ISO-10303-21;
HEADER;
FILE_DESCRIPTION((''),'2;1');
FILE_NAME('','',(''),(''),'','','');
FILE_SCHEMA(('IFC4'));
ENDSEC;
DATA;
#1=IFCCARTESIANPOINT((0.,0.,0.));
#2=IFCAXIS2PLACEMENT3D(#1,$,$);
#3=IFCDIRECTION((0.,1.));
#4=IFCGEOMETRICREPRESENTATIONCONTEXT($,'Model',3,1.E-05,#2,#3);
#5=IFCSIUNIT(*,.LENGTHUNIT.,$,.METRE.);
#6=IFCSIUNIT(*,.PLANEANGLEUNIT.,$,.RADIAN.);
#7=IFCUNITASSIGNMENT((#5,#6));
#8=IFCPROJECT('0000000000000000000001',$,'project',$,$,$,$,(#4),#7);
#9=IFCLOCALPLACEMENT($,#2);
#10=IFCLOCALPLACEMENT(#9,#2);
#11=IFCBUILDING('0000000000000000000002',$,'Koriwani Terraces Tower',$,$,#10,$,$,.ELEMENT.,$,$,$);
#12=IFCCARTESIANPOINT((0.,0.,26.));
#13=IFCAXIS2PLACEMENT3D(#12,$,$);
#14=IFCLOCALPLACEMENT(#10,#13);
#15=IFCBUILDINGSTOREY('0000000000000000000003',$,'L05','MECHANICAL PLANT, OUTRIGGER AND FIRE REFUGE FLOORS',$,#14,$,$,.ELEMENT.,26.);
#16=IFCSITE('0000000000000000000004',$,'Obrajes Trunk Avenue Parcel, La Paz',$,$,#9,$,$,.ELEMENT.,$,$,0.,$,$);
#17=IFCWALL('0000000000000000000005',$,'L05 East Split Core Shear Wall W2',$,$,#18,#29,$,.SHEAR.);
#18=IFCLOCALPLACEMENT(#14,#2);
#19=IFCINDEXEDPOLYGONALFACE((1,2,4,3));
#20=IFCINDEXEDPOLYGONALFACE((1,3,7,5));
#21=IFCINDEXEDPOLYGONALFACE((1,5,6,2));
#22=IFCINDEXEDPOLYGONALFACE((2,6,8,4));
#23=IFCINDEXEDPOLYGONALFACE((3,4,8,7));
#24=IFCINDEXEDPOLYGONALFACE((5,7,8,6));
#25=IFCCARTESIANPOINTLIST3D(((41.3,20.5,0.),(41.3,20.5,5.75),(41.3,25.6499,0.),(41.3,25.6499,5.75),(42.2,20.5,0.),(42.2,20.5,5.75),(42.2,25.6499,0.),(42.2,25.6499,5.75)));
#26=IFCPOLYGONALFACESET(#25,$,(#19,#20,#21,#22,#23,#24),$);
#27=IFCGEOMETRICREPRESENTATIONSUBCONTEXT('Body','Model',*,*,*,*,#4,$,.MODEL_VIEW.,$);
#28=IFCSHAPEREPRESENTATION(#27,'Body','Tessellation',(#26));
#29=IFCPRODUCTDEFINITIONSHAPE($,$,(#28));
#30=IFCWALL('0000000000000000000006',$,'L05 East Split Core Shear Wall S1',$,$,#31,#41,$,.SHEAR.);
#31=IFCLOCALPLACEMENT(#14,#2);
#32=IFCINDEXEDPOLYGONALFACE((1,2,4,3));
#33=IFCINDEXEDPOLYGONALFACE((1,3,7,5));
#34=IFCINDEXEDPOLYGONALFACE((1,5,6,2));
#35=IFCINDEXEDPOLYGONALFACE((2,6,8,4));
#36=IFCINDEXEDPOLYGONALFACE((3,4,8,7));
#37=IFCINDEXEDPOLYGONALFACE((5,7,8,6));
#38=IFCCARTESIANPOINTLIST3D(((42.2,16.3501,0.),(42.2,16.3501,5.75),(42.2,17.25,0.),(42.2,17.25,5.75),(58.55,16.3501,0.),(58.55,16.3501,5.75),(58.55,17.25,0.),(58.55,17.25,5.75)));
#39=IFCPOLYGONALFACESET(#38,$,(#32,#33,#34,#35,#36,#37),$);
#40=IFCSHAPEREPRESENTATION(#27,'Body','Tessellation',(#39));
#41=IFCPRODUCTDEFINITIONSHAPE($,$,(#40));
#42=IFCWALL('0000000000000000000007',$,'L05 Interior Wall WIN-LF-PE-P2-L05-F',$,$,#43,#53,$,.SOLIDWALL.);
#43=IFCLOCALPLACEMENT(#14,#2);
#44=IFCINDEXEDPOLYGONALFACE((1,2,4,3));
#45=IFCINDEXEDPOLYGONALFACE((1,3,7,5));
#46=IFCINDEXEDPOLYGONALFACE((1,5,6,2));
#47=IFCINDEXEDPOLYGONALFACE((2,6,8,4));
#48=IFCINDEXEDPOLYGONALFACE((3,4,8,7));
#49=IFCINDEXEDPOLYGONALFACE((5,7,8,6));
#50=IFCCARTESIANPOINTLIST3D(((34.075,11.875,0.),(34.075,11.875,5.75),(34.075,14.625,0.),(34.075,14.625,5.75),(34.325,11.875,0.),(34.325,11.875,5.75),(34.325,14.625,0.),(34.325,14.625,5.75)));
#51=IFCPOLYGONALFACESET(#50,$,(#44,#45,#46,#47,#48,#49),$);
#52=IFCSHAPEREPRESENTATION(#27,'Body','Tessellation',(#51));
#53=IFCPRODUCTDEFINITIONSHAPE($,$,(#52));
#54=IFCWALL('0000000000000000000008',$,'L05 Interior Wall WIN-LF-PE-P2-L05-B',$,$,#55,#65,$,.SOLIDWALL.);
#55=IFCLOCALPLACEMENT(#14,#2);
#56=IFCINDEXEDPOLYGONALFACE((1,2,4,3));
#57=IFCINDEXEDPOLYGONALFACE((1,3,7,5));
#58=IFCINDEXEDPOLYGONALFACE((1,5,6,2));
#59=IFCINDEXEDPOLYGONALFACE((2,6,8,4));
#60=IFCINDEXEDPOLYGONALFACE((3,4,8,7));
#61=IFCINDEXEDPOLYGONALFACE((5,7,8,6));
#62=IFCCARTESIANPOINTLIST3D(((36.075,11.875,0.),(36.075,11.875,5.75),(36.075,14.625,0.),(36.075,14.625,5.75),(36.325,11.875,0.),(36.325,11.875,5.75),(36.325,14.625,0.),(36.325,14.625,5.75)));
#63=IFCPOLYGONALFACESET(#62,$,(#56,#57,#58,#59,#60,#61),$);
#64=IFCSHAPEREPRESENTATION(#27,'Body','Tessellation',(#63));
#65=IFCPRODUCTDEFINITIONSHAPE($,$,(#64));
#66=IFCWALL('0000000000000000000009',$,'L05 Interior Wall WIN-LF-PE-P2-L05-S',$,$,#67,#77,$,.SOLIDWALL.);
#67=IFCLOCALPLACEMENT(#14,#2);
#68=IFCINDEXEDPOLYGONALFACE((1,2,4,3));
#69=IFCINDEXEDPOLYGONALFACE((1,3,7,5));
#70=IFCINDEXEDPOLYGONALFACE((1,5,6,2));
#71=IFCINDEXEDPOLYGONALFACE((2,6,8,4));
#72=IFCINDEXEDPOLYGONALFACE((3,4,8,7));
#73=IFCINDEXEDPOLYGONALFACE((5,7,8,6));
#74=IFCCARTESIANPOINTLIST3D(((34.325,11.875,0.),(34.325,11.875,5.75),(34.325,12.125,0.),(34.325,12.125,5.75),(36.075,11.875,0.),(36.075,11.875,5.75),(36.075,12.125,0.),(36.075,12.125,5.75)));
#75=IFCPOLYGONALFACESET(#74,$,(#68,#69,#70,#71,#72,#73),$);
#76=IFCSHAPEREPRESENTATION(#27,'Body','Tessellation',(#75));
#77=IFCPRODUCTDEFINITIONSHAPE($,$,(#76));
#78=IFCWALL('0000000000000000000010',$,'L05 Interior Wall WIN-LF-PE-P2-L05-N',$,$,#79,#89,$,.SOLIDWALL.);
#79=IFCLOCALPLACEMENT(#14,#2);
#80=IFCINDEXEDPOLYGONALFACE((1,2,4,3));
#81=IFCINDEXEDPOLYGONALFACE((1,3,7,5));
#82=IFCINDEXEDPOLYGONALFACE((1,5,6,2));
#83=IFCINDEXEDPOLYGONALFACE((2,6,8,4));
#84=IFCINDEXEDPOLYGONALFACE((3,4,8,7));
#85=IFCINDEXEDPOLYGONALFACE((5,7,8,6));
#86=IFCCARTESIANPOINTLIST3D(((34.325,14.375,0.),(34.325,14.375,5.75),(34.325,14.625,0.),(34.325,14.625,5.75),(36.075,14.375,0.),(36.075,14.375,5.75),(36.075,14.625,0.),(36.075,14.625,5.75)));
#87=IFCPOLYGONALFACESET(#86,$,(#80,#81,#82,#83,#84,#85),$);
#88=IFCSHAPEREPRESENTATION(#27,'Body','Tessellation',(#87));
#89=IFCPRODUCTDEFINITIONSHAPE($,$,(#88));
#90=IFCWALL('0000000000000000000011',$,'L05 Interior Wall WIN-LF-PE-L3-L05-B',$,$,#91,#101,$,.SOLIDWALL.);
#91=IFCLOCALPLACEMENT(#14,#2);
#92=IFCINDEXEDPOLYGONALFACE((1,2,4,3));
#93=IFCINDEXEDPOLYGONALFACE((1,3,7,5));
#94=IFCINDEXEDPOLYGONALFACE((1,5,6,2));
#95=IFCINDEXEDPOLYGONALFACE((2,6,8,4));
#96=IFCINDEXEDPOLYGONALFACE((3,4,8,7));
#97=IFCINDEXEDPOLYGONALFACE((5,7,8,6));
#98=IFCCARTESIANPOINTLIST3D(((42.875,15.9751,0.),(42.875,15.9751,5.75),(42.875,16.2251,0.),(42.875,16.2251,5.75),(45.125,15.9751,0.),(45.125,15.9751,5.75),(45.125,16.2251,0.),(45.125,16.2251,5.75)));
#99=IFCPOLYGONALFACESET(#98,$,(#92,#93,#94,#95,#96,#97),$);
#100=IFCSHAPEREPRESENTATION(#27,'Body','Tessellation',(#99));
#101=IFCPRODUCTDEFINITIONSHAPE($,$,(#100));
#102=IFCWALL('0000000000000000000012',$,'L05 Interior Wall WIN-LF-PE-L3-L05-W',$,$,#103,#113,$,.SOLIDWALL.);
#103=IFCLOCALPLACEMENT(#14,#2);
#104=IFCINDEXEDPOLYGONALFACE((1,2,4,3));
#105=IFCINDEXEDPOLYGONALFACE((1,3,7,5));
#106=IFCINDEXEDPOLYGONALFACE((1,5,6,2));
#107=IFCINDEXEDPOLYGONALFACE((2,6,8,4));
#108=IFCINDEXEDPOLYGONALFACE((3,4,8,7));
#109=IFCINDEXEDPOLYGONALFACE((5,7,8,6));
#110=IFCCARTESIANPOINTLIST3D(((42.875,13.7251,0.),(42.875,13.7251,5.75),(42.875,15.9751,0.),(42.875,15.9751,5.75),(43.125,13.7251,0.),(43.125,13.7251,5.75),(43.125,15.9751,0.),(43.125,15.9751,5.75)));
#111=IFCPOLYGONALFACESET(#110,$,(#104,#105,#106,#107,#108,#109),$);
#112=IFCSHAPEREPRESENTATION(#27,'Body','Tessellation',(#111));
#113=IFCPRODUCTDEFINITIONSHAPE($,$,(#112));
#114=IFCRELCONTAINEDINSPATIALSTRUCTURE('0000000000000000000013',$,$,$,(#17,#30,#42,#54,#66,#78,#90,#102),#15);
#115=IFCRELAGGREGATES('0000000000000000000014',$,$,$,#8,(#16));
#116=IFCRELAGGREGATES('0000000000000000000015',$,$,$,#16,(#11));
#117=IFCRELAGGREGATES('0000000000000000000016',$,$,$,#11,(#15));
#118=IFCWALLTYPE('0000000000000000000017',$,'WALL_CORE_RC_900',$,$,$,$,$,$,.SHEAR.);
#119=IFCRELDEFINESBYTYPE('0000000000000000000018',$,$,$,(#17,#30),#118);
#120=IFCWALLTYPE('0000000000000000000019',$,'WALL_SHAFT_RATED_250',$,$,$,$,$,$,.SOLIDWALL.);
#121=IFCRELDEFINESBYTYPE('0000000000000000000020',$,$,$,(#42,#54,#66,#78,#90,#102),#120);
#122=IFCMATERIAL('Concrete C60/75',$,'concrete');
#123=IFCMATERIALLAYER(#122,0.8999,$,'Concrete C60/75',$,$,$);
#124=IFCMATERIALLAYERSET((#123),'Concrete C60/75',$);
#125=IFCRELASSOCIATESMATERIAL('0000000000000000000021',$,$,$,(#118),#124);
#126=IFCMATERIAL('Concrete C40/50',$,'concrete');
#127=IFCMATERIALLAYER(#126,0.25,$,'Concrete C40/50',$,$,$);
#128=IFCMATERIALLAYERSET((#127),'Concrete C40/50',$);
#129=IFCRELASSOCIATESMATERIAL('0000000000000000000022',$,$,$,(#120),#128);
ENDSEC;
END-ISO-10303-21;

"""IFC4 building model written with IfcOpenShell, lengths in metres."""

from ifc_helpers import new_model, si_unit, direction, frame, frame_2d, origin, place, context, subcontext, project, spatial, rectangle, extrude, material, layer, layer_set, type_object, element, save


model = new_model("IFC4")

# Units and contexts
model_context = context("Model", 3, precision=1e-05, world=origin(), true_north=direction((0.0, 1.0)))
body_context = subcontext(model_context, "Body", "Model", "MODEL_VIEW")
ifc_project = project(units=[si_unit("LENGTHUNIT", "METRE"), si_unit("PLANEANGLEUNIT", "RADIAN")], contexts=[model_context])

# Site, building, storey
site_placement = place(None, origin())
site = spatial("IfcSite", under=ifc_project, at=site_placement, Name="Obrajes Trunk Avenue Parcel, La Paz", CompositionType="ELEMENT", RefElevation=0.0)
building_placement = place(site_placement, origin())
building = spatial("IfcBuilding", under=site, at=building_placement, Name="Koriwani Terraces Tower", CompositionType="ELEMENT")
storey_placement = place(building_placement, frame((0.0, 0.0, 26.0)))
storey = spatial("IfcBuildingStorey", under=building, at=storey_placement, Name="L05", Description="MECHANICAL PLANT, OUTRIGGER AND FIRE REFUGE FLOORS", CompositionType="ELEMENT", Elevation=26.0)

# Shared definitions
ifc_material_1 = material(Name="Concrete C60/75", Category="concrete")

# Shared definitions
ifc_material_2 = material(Name="Concrete C40/50", Category="concrete")

# Walls
ifc_layer_1 = layer(ifc_material_1, 0.8999, Name="Concrete C60/75")
ifc_layer_set_1 = layer_set([ifc_layer_1], Name="Concrete C60/75")
wall_type_1 = type_object("IfcWallType", Name="WALL_CORE_RC_900", PredefinedType="SHEAR", material=ifc_layer_set_1)
wall_1_placement = place(storey_placement, frame((41.75, 20.5, 0.0), z_axis=(0.0, 0.0, 1.0), x_axis=(0.0, 1.0, 0.0)))
element("IfcWall", 1, at=wall_1_placement, inside=storey, type_object=wall_type_1, Name="L05 East Split Core Shear Wall W2", PredefinedType="SHEAR", context=body_context, shape_type="SweptSolid", body=[
    extrude(rectangle(XDim=5.1499, YDim=0.8999, at=frame_2d((2.575, 0.0))), origin(), (0.0, 0.0, 1.0), 5.75),
])
wall_2_placement = place(storey_placement, frame((42.2, 16.8, 0.0), z_axis=(0.0, 0.0, 1.0), x_axis=(1.0, 0.0, 0.0)))
element("IfcWall", 2, at=wall_2_placement, inside=storey, type_object=wall_type_1, Name="L05 East Split Core Shear Wall S1", PredefinedType="SHEAR", context=body_context, shape_type="SweptSolid", body=[
    extrude(rectangle(XDim=16.3501, YDim=0.8999, at=frame_2d((8.175, 0.0))), origin(), (0.0, 0.0, 1.0), 5.75),
])

# Shared definitions
ifc_layer_2 = layer(ifc_material_2, 0.25, Name="Concrete C40/50")
ifc_layer_set_2 = layer_set([ifc_layer_2], Name="Concrete C40/50")
wall_type_2 = type_object("IfcWallType", Name="WALL_SHAFT_RATED_250", PredefinedType="SOLIDWALL", material=ifc_layer_set_2)

# Walls
for number, where, z_axis, x_axis, name in (
    (3, (34.2, 11.875, 0.0), (0.0, 0.0, 1.0), (0.0, 1.0, 0.0), "L05 Interior Wall WIN-LF-PE-P2-L05-F"),
    (4, (36.2, 11.875, 0.0), (0.0, 0.0, 1.0), (0.0, 1.0, 0.0), "L05 Interior Wall WIN-LF-PE-P2-L05-B"),
):
    element("IfcWall", number, at=place(storey_placement, frame(where, z_axis=z_axis, x_axis=x_axis)), inside=storey, type_object=wall_type_2, Name=name, PredefinedType="SOLIDWALL", context=body_context, shape_type="SweptSolid", body=[
        extrude(rectangle(XDim=2.75, YDim=0.25, at=frame_2d((1.375, 0.0))), origin(), (0.0, 0.0, 1.0), 5.75),
    ])
for number, where, z_axis, x_axis, name in (
    (5, (34.325, 12.0, 0.0), (0.0, 0.0, 1.0), (1.0, 0.0, 0.0), "L05 Interior Wall WIN-LF-PE-P2-L05-S"),
    (6, (34.325, 14.5, 0.0), (0.0, 0.0, 1.0), (1.0, 0.0, 0.0), "L05 Interior Wall WIN-LF-PE-P2-L05-N"),
):
    element("IfcWall", number, at=place(storey_placement, frame(where, z_axis=z_axis, x_axis=x_axis)), inside=storey, type_object=wall_type_2, Name=name, PredefinedType="SOLIDWALL", context=body_context, shape_type="SweptSolid", body=[
        extrude(rectangle(XDim=1.75, YDim=0.25, at=frame_2d((0.875, 0.0))), origin(), (0.0, 0.0, 1.0), 5.75),
    ])

# Walls
for number, where, z_axis, x_axis, name in (
    (7, (42.875, 16.1001, 0.0), (0.0, 0.0, 1.0), (1.0, 0.0, 0.0), "L05 Interior Wall WIN-LF-PE-L3-L05-B"),
    (8, (43.0, 13.7251, 0.0), (0.0, 0.0, 1.0), (0.0, 1.0, 0.0), "L05 Interior Wall WIN-LF-PE-L3-L05-W"),
):
    element("IfcWall", number, at=place(storey_placement, frame(where, z_axis=z_axis, x_axis=x_axis)), inside=storey, type_object=wall_type_2, Name=name, PredefinedType="SOLIDWALL", context=body_context, shape_type="SweptSolid", body=[
        extrude(rectangle(XDim=2.25, YDim=0.25, at=frame_2d((1.125, 0.0))), origin(), (0.0, 0.0, 1.0), 5.75),
    ])

save(model, "model.ifc")
